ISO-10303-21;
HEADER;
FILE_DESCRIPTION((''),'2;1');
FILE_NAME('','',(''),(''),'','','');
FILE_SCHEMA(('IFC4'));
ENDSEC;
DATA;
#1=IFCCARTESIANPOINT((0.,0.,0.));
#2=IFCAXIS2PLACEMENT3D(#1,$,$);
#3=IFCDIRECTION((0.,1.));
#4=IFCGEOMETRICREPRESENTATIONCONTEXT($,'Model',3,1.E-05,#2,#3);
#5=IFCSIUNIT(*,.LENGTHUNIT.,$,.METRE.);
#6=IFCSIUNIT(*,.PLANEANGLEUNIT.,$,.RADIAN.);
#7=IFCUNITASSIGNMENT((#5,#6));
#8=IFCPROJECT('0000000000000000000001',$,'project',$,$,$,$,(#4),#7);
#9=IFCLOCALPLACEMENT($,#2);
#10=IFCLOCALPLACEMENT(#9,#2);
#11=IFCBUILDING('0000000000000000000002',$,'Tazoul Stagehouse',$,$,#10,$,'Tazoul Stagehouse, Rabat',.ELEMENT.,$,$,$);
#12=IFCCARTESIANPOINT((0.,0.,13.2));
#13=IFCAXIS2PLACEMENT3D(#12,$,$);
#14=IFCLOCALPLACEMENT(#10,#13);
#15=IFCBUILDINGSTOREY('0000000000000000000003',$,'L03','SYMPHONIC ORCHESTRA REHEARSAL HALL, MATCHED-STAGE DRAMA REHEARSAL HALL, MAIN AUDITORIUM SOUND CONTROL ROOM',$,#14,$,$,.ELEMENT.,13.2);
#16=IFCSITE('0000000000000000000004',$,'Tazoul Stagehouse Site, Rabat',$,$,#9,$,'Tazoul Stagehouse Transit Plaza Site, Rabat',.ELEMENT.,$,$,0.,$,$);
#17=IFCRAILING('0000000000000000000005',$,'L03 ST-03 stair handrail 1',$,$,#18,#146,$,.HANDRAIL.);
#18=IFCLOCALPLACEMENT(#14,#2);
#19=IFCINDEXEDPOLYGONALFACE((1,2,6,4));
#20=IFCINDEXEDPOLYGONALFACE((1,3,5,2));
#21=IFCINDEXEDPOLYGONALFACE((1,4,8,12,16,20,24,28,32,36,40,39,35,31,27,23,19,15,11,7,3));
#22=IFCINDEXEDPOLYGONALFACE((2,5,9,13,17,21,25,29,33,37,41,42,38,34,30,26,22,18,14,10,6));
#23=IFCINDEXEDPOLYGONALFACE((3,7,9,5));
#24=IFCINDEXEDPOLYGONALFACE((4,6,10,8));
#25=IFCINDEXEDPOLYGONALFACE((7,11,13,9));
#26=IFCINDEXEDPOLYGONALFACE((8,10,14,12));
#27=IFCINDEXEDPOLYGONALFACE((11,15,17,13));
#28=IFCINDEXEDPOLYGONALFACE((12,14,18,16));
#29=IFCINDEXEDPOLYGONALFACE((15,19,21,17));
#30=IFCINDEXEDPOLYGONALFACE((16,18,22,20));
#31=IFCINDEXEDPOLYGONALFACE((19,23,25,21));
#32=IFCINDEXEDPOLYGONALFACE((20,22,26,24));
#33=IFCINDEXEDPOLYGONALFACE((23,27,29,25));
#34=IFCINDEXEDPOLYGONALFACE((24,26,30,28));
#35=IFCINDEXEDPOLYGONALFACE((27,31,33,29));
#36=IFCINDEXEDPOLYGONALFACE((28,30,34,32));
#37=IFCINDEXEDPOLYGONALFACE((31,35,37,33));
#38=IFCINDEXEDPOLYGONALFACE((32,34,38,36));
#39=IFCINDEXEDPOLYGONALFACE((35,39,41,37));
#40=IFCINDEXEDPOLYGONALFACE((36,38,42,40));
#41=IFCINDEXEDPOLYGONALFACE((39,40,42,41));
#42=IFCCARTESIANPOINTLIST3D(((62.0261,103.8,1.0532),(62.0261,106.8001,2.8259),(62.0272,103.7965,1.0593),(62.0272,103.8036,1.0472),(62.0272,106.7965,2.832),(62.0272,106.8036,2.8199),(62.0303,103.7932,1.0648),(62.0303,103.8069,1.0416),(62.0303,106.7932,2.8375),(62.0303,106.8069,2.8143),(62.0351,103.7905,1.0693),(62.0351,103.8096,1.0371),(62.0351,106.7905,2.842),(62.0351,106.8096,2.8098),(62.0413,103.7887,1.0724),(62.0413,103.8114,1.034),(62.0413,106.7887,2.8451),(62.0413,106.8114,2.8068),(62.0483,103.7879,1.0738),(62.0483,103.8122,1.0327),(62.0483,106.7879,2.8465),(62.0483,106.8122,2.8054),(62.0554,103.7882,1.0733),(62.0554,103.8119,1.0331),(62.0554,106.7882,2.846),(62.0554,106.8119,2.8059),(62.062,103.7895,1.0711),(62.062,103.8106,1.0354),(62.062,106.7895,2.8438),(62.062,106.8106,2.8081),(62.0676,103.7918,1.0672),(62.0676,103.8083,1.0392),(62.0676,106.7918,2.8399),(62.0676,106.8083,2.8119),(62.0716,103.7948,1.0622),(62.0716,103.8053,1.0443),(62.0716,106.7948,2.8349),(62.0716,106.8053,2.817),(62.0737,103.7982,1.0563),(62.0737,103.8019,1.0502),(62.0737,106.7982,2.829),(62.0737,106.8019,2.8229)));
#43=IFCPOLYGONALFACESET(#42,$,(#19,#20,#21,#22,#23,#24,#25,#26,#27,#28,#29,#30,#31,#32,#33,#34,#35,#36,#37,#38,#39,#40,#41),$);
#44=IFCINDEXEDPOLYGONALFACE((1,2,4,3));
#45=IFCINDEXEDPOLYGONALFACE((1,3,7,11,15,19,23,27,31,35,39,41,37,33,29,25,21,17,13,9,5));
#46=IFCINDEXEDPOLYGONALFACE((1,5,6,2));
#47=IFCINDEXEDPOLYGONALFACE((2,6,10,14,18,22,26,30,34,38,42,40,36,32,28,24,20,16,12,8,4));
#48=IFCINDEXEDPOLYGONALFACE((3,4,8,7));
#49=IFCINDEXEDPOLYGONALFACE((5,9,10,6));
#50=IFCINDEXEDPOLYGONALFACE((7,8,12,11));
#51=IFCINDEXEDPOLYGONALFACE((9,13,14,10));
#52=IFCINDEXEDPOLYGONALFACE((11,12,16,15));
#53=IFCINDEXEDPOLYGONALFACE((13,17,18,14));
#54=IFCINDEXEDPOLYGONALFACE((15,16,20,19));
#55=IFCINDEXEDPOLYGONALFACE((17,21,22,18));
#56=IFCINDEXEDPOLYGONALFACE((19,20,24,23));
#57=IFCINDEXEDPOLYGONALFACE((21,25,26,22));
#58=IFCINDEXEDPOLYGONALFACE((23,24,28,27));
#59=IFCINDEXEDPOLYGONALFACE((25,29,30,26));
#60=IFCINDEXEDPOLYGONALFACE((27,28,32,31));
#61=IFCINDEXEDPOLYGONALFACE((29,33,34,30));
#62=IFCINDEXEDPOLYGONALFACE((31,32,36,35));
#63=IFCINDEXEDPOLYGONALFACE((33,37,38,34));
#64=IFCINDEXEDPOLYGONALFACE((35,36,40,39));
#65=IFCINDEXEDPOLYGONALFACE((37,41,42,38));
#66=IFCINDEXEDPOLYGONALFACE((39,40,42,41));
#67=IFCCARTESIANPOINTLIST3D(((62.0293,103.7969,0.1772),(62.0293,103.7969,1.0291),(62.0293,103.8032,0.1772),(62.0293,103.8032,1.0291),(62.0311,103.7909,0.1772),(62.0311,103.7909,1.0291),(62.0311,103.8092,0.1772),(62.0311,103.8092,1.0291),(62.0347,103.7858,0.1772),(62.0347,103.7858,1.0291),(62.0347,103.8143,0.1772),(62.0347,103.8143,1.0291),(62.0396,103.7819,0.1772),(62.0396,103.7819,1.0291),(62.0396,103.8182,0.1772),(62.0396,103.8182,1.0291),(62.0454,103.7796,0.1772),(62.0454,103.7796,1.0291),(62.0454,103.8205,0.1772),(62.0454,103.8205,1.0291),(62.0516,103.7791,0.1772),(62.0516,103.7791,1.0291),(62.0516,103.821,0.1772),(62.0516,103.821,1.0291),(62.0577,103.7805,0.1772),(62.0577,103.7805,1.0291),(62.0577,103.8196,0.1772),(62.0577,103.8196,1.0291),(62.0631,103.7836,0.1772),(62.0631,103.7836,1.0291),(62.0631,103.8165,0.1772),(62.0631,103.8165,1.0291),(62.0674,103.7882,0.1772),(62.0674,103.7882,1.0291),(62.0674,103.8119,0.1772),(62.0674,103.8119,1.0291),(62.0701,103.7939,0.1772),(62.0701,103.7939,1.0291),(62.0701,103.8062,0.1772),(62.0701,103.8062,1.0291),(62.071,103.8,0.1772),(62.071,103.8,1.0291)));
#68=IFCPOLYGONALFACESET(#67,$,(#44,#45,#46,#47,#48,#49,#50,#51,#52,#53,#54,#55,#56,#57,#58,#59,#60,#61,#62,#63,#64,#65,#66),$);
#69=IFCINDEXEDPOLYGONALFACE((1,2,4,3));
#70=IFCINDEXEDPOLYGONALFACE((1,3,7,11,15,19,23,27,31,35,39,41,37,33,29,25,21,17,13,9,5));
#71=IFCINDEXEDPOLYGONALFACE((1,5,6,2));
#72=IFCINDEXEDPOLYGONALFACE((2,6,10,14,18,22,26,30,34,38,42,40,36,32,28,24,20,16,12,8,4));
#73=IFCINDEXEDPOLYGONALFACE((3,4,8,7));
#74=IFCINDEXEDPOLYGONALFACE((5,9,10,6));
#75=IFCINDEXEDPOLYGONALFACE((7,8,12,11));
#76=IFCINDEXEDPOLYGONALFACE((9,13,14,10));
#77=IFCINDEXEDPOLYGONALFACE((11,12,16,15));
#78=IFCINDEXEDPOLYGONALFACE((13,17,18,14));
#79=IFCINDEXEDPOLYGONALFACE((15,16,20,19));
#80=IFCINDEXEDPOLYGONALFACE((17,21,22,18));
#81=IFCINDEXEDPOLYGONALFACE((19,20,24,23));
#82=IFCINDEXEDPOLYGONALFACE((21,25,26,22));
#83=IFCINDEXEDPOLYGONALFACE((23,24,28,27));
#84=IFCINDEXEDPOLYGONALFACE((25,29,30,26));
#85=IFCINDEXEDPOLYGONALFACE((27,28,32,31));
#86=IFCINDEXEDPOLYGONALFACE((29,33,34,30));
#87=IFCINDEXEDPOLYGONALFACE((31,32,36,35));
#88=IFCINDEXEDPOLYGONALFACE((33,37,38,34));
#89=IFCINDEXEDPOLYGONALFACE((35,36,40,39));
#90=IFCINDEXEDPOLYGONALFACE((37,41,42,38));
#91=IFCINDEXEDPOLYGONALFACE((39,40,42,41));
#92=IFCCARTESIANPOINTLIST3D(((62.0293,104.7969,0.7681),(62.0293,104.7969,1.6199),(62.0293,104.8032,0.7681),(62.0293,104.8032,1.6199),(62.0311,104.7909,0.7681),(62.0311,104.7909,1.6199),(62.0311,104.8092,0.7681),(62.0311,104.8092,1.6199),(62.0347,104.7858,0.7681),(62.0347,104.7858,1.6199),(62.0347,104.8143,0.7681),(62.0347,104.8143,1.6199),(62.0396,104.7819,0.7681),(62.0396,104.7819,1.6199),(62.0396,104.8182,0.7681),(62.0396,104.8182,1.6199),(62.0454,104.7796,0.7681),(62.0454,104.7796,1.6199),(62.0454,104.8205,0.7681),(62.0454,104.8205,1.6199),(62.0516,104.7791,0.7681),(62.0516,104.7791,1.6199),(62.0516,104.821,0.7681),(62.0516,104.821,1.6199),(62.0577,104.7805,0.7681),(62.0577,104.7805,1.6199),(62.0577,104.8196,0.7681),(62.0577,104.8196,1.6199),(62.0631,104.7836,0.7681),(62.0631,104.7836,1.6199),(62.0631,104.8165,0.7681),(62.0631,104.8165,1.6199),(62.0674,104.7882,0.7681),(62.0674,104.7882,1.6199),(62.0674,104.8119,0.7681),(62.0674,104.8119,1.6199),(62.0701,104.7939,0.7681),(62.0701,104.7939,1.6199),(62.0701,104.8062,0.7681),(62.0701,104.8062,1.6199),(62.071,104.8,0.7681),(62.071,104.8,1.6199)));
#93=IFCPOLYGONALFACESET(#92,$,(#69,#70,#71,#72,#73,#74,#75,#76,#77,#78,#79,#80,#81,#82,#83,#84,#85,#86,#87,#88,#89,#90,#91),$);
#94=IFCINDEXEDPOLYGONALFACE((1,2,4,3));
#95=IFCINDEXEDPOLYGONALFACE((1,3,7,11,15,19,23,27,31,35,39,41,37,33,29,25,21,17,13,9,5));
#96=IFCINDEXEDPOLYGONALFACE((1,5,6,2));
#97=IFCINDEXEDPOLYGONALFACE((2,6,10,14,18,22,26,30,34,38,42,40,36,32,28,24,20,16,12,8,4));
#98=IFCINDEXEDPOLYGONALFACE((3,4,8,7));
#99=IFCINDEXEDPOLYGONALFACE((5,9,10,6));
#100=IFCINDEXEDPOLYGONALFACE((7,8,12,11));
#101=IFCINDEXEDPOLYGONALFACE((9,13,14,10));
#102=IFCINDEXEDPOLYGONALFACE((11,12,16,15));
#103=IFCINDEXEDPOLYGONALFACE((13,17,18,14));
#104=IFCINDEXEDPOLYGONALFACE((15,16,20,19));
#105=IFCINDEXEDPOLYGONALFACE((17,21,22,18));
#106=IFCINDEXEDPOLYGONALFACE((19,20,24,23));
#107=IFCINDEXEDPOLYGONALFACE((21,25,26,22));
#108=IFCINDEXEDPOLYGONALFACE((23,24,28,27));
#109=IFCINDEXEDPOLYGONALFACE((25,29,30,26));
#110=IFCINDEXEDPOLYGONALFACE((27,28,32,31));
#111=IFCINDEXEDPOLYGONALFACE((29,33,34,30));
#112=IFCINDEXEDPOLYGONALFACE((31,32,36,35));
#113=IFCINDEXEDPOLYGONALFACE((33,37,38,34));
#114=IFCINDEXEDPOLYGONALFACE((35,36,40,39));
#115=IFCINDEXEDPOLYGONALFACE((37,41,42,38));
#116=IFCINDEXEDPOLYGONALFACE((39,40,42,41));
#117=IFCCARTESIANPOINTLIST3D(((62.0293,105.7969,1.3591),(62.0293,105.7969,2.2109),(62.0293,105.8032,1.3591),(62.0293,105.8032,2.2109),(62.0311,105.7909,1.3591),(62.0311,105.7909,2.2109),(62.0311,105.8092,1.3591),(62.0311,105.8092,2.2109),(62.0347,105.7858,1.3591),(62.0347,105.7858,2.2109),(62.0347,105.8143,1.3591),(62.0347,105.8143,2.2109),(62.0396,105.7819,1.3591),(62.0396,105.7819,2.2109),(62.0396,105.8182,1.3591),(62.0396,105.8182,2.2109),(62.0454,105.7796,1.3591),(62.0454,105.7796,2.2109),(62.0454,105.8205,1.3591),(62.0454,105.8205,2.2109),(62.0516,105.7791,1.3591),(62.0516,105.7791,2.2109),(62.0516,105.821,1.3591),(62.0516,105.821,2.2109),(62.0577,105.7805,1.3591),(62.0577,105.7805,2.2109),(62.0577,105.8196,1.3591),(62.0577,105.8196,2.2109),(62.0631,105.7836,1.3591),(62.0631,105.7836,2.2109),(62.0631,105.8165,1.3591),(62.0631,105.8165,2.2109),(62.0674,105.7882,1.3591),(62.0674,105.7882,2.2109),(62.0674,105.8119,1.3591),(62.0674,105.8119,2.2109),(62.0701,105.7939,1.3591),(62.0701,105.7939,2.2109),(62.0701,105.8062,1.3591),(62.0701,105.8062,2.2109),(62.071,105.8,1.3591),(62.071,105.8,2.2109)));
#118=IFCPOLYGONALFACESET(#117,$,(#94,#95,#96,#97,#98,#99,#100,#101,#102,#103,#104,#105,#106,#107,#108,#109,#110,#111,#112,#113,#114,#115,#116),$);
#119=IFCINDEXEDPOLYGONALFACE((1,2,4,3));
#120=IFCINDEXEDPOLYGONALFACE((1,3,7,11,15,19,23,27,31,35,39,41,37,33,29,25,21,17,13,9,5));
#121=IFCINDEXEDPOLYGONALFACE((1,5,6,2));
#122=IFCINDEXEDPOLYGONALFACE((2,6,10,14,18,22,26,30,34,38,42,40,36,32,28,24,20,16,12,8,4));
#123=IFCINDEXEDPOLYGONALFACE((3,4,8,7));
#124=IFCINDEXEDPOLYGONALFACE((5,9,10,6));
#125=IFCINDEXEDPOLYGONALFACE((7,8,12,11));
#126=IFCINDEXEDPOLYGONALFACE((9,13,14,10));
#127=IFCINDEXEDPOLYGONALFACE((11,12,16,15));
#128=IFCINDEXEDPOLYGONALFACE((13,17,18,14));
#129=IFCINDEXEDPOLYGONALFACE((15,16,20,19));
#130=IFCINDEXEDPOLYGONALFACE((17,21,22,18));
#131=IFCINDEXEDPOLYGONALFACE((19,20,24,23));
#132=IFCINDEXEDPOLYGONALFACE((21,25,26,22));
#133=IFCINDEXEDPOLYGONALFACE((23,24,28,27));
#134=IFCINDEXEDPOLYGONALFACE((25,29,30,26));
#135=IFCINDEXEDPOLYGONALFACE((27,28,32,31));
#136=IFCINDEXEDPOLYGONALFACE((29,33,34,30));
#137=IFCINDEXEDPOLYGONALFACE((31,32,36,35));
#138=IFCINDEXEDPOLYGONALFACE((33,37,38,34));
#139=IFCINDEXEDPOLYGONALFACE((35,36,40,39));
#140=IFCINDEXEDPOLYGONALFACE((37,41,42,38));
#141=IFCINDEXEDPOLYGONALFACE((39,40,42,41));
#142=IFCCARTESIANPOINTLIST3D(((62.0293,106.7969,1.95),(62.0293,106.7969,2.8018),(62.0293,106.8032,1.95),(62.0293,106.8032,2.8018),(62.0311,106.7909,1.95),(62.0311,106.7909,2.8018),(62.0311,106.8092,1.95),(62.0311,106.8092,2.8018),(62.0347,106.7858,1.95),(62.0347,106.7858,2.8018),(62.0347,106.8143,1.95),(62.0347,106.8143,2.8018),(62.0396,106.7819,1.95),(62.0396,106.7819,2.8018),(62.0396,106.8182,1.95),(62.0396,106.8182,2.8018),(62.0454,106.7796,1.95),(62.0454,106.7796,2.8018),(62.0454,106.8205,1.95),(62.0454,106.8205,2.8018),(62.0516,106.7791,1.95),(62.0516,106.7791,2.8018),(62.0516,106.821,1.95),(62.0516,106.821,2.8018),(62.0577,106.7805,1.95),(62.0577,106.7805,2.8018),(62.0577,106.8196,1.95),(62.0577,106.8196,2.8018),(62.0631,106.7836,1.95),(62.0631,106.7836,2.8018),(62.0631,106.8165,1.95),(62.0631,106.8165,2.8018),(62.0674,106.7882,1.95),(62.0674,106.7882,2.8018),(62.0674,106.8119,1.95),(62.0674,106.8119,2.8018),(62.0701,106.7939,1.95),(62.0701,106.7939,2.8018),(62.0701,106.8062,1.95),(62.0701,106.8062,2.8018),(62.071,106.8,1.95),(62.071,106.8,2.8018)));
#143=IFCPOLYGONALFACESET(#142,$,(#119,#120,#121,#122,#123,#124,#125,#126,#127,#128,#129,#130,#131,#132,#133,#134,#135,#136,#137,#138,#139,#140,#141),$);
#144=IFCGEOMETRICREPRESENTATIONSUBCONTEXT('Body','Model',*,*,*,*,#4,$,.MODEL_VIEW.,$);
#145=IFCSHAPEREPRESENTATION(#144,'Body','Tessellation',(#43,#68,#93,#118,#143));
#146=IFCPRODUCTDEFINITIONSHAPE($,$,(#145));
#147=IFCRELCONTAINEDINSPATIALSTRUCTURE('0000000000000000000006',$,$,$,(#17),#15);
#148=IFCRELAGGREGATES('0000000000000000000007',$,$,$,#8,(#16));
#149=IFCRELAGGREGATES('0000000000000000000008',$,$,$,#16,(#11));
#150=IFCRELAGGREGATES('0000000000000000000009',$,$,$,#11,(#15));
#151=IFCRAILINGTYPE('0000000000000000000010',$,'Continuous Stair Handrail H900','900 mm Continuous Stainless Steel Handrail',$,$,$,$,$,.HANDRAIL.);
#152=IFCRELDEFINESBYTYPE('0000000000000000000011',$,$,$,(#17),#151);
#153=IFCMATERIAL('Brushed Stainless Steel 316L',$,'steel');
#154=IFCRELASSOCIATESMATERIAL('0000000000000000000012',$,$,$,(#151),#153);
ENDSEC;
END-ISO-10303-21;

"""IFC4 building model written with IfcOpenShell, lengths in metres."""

from ifc_helpers import new_model, si_unit, direction, frame, origin, origin_2d, place, context, subcontext, project, spatial, circle, extrude, material, material_profile, profile_set, type_object, element, save


model = new_model("IFC4")

# Units and contexts
model_context = context("Model", 3, precision=1e-05, world=origin(), true_north=direction((0.0, 1.0)))
body_context = subcontext(model_context, "Body", "Model", "MODEL_VIEW")
ifc_project = project(units=[si_unit("LENGTHUNIT", "METRE"), si_unit("PLANEANGLEUNIT", "RADIAN")], contexts=[model_context])

# Site, building, storey
site_placement = place(None, origin())
site = spatial("IfcSite", under=ifc_project, at=site_placement, Name="Tazoul Stagehouse Site, Rabat", LongName="Tazoul Stagehouse Transit Plaza Site, Rabat", CompositionType="ELEMENT", RefElevation=0.0)
building_placement = place(site_placement, origin())
building = spatial("IfcBuilding", under=site, at=building_placement, Name="Tazoul Stagehouse", LongName="Tazoul Stagehouse, Rabat", CompositionType="ELEMENT")
storey_placement = place(building_placement, frame((0.0, 0.0, 13.2)))
storey = spatial("IfcBuildingStorey", under=building, at=storey_placement, Name="L03", Description="SYMPHONIC ORCHESTRA REHEARSAL HALL, MATCHED-STAGE DRAMA REHEARSAL HALL, MAIN AUDITORIUM SOUND CONTROL ROOM", CompositionType="ELEMENT", Elevation=13.2)

# Railing
ifc_material_1 = material(Name="Brushed Stainless Steel 316L", Category="steel")
ifc_material_profile_1 = material_profile(ifc_material_1, circle(Radius=0.021, at=origin_2d()), Name="SS HANDRAIL D42")
ifc_profile_set_1 = profile_set([ifc_material_profile_1], Name="Brushed Stainless Steel 316L")
railing_type_1 = type_object("IfcRailingType", Name="Continuous Stair Handrail H900", Description="900 mm Continuous Stainless Steel Handrail", PredefinedType="HANDRAIL", material=ifc_profile_set_1)
railing_1_placement = place(storey_placement, frame((62.05, 103.8, 0.1772)))
element("IfcRailing", 1, at=railing_1_placement, inside=storey, type_object=railing_type_1, Name="L03 ST-03 stair handrail 1", PredefinedType="HANDRAIL", context=body_context, shape_type="SweptSolid", body=[
    extrude(circle(Radius=0.0239, at=origin_2d()), frame((0.0, 0.0, 0.876), z_axis=(0.0, 0.860929, 0.508725), x_axis=(-1.0, 0.0, 0.0)), (0.0, 0.0, 1.0), 3.4846),
    extrude(circle(Radius=0.021, at=origin_2d()), origin(), (0.0, 0.0, 1.0), 0.8518),
    extrude(circle(Radius=0.021, at=origin_2d()), frame((0.0, 1.0, 0.5908)), (0.0, 0.0, 1.0), 0.8518),
    extrude(circle(Radius=0.021, at=origin_2d()), frame((0.0, 2.0, 1.1819)), (0.0, 0.0, 1.0), 0.8518),
    extrude(circle(Radius=0.021, at=origin_2d()), frame((0.0, 3.0, 1.7727)), (0.0, 0.0, 1.0), 0.8518),
])

save(model, "model.ifc")
